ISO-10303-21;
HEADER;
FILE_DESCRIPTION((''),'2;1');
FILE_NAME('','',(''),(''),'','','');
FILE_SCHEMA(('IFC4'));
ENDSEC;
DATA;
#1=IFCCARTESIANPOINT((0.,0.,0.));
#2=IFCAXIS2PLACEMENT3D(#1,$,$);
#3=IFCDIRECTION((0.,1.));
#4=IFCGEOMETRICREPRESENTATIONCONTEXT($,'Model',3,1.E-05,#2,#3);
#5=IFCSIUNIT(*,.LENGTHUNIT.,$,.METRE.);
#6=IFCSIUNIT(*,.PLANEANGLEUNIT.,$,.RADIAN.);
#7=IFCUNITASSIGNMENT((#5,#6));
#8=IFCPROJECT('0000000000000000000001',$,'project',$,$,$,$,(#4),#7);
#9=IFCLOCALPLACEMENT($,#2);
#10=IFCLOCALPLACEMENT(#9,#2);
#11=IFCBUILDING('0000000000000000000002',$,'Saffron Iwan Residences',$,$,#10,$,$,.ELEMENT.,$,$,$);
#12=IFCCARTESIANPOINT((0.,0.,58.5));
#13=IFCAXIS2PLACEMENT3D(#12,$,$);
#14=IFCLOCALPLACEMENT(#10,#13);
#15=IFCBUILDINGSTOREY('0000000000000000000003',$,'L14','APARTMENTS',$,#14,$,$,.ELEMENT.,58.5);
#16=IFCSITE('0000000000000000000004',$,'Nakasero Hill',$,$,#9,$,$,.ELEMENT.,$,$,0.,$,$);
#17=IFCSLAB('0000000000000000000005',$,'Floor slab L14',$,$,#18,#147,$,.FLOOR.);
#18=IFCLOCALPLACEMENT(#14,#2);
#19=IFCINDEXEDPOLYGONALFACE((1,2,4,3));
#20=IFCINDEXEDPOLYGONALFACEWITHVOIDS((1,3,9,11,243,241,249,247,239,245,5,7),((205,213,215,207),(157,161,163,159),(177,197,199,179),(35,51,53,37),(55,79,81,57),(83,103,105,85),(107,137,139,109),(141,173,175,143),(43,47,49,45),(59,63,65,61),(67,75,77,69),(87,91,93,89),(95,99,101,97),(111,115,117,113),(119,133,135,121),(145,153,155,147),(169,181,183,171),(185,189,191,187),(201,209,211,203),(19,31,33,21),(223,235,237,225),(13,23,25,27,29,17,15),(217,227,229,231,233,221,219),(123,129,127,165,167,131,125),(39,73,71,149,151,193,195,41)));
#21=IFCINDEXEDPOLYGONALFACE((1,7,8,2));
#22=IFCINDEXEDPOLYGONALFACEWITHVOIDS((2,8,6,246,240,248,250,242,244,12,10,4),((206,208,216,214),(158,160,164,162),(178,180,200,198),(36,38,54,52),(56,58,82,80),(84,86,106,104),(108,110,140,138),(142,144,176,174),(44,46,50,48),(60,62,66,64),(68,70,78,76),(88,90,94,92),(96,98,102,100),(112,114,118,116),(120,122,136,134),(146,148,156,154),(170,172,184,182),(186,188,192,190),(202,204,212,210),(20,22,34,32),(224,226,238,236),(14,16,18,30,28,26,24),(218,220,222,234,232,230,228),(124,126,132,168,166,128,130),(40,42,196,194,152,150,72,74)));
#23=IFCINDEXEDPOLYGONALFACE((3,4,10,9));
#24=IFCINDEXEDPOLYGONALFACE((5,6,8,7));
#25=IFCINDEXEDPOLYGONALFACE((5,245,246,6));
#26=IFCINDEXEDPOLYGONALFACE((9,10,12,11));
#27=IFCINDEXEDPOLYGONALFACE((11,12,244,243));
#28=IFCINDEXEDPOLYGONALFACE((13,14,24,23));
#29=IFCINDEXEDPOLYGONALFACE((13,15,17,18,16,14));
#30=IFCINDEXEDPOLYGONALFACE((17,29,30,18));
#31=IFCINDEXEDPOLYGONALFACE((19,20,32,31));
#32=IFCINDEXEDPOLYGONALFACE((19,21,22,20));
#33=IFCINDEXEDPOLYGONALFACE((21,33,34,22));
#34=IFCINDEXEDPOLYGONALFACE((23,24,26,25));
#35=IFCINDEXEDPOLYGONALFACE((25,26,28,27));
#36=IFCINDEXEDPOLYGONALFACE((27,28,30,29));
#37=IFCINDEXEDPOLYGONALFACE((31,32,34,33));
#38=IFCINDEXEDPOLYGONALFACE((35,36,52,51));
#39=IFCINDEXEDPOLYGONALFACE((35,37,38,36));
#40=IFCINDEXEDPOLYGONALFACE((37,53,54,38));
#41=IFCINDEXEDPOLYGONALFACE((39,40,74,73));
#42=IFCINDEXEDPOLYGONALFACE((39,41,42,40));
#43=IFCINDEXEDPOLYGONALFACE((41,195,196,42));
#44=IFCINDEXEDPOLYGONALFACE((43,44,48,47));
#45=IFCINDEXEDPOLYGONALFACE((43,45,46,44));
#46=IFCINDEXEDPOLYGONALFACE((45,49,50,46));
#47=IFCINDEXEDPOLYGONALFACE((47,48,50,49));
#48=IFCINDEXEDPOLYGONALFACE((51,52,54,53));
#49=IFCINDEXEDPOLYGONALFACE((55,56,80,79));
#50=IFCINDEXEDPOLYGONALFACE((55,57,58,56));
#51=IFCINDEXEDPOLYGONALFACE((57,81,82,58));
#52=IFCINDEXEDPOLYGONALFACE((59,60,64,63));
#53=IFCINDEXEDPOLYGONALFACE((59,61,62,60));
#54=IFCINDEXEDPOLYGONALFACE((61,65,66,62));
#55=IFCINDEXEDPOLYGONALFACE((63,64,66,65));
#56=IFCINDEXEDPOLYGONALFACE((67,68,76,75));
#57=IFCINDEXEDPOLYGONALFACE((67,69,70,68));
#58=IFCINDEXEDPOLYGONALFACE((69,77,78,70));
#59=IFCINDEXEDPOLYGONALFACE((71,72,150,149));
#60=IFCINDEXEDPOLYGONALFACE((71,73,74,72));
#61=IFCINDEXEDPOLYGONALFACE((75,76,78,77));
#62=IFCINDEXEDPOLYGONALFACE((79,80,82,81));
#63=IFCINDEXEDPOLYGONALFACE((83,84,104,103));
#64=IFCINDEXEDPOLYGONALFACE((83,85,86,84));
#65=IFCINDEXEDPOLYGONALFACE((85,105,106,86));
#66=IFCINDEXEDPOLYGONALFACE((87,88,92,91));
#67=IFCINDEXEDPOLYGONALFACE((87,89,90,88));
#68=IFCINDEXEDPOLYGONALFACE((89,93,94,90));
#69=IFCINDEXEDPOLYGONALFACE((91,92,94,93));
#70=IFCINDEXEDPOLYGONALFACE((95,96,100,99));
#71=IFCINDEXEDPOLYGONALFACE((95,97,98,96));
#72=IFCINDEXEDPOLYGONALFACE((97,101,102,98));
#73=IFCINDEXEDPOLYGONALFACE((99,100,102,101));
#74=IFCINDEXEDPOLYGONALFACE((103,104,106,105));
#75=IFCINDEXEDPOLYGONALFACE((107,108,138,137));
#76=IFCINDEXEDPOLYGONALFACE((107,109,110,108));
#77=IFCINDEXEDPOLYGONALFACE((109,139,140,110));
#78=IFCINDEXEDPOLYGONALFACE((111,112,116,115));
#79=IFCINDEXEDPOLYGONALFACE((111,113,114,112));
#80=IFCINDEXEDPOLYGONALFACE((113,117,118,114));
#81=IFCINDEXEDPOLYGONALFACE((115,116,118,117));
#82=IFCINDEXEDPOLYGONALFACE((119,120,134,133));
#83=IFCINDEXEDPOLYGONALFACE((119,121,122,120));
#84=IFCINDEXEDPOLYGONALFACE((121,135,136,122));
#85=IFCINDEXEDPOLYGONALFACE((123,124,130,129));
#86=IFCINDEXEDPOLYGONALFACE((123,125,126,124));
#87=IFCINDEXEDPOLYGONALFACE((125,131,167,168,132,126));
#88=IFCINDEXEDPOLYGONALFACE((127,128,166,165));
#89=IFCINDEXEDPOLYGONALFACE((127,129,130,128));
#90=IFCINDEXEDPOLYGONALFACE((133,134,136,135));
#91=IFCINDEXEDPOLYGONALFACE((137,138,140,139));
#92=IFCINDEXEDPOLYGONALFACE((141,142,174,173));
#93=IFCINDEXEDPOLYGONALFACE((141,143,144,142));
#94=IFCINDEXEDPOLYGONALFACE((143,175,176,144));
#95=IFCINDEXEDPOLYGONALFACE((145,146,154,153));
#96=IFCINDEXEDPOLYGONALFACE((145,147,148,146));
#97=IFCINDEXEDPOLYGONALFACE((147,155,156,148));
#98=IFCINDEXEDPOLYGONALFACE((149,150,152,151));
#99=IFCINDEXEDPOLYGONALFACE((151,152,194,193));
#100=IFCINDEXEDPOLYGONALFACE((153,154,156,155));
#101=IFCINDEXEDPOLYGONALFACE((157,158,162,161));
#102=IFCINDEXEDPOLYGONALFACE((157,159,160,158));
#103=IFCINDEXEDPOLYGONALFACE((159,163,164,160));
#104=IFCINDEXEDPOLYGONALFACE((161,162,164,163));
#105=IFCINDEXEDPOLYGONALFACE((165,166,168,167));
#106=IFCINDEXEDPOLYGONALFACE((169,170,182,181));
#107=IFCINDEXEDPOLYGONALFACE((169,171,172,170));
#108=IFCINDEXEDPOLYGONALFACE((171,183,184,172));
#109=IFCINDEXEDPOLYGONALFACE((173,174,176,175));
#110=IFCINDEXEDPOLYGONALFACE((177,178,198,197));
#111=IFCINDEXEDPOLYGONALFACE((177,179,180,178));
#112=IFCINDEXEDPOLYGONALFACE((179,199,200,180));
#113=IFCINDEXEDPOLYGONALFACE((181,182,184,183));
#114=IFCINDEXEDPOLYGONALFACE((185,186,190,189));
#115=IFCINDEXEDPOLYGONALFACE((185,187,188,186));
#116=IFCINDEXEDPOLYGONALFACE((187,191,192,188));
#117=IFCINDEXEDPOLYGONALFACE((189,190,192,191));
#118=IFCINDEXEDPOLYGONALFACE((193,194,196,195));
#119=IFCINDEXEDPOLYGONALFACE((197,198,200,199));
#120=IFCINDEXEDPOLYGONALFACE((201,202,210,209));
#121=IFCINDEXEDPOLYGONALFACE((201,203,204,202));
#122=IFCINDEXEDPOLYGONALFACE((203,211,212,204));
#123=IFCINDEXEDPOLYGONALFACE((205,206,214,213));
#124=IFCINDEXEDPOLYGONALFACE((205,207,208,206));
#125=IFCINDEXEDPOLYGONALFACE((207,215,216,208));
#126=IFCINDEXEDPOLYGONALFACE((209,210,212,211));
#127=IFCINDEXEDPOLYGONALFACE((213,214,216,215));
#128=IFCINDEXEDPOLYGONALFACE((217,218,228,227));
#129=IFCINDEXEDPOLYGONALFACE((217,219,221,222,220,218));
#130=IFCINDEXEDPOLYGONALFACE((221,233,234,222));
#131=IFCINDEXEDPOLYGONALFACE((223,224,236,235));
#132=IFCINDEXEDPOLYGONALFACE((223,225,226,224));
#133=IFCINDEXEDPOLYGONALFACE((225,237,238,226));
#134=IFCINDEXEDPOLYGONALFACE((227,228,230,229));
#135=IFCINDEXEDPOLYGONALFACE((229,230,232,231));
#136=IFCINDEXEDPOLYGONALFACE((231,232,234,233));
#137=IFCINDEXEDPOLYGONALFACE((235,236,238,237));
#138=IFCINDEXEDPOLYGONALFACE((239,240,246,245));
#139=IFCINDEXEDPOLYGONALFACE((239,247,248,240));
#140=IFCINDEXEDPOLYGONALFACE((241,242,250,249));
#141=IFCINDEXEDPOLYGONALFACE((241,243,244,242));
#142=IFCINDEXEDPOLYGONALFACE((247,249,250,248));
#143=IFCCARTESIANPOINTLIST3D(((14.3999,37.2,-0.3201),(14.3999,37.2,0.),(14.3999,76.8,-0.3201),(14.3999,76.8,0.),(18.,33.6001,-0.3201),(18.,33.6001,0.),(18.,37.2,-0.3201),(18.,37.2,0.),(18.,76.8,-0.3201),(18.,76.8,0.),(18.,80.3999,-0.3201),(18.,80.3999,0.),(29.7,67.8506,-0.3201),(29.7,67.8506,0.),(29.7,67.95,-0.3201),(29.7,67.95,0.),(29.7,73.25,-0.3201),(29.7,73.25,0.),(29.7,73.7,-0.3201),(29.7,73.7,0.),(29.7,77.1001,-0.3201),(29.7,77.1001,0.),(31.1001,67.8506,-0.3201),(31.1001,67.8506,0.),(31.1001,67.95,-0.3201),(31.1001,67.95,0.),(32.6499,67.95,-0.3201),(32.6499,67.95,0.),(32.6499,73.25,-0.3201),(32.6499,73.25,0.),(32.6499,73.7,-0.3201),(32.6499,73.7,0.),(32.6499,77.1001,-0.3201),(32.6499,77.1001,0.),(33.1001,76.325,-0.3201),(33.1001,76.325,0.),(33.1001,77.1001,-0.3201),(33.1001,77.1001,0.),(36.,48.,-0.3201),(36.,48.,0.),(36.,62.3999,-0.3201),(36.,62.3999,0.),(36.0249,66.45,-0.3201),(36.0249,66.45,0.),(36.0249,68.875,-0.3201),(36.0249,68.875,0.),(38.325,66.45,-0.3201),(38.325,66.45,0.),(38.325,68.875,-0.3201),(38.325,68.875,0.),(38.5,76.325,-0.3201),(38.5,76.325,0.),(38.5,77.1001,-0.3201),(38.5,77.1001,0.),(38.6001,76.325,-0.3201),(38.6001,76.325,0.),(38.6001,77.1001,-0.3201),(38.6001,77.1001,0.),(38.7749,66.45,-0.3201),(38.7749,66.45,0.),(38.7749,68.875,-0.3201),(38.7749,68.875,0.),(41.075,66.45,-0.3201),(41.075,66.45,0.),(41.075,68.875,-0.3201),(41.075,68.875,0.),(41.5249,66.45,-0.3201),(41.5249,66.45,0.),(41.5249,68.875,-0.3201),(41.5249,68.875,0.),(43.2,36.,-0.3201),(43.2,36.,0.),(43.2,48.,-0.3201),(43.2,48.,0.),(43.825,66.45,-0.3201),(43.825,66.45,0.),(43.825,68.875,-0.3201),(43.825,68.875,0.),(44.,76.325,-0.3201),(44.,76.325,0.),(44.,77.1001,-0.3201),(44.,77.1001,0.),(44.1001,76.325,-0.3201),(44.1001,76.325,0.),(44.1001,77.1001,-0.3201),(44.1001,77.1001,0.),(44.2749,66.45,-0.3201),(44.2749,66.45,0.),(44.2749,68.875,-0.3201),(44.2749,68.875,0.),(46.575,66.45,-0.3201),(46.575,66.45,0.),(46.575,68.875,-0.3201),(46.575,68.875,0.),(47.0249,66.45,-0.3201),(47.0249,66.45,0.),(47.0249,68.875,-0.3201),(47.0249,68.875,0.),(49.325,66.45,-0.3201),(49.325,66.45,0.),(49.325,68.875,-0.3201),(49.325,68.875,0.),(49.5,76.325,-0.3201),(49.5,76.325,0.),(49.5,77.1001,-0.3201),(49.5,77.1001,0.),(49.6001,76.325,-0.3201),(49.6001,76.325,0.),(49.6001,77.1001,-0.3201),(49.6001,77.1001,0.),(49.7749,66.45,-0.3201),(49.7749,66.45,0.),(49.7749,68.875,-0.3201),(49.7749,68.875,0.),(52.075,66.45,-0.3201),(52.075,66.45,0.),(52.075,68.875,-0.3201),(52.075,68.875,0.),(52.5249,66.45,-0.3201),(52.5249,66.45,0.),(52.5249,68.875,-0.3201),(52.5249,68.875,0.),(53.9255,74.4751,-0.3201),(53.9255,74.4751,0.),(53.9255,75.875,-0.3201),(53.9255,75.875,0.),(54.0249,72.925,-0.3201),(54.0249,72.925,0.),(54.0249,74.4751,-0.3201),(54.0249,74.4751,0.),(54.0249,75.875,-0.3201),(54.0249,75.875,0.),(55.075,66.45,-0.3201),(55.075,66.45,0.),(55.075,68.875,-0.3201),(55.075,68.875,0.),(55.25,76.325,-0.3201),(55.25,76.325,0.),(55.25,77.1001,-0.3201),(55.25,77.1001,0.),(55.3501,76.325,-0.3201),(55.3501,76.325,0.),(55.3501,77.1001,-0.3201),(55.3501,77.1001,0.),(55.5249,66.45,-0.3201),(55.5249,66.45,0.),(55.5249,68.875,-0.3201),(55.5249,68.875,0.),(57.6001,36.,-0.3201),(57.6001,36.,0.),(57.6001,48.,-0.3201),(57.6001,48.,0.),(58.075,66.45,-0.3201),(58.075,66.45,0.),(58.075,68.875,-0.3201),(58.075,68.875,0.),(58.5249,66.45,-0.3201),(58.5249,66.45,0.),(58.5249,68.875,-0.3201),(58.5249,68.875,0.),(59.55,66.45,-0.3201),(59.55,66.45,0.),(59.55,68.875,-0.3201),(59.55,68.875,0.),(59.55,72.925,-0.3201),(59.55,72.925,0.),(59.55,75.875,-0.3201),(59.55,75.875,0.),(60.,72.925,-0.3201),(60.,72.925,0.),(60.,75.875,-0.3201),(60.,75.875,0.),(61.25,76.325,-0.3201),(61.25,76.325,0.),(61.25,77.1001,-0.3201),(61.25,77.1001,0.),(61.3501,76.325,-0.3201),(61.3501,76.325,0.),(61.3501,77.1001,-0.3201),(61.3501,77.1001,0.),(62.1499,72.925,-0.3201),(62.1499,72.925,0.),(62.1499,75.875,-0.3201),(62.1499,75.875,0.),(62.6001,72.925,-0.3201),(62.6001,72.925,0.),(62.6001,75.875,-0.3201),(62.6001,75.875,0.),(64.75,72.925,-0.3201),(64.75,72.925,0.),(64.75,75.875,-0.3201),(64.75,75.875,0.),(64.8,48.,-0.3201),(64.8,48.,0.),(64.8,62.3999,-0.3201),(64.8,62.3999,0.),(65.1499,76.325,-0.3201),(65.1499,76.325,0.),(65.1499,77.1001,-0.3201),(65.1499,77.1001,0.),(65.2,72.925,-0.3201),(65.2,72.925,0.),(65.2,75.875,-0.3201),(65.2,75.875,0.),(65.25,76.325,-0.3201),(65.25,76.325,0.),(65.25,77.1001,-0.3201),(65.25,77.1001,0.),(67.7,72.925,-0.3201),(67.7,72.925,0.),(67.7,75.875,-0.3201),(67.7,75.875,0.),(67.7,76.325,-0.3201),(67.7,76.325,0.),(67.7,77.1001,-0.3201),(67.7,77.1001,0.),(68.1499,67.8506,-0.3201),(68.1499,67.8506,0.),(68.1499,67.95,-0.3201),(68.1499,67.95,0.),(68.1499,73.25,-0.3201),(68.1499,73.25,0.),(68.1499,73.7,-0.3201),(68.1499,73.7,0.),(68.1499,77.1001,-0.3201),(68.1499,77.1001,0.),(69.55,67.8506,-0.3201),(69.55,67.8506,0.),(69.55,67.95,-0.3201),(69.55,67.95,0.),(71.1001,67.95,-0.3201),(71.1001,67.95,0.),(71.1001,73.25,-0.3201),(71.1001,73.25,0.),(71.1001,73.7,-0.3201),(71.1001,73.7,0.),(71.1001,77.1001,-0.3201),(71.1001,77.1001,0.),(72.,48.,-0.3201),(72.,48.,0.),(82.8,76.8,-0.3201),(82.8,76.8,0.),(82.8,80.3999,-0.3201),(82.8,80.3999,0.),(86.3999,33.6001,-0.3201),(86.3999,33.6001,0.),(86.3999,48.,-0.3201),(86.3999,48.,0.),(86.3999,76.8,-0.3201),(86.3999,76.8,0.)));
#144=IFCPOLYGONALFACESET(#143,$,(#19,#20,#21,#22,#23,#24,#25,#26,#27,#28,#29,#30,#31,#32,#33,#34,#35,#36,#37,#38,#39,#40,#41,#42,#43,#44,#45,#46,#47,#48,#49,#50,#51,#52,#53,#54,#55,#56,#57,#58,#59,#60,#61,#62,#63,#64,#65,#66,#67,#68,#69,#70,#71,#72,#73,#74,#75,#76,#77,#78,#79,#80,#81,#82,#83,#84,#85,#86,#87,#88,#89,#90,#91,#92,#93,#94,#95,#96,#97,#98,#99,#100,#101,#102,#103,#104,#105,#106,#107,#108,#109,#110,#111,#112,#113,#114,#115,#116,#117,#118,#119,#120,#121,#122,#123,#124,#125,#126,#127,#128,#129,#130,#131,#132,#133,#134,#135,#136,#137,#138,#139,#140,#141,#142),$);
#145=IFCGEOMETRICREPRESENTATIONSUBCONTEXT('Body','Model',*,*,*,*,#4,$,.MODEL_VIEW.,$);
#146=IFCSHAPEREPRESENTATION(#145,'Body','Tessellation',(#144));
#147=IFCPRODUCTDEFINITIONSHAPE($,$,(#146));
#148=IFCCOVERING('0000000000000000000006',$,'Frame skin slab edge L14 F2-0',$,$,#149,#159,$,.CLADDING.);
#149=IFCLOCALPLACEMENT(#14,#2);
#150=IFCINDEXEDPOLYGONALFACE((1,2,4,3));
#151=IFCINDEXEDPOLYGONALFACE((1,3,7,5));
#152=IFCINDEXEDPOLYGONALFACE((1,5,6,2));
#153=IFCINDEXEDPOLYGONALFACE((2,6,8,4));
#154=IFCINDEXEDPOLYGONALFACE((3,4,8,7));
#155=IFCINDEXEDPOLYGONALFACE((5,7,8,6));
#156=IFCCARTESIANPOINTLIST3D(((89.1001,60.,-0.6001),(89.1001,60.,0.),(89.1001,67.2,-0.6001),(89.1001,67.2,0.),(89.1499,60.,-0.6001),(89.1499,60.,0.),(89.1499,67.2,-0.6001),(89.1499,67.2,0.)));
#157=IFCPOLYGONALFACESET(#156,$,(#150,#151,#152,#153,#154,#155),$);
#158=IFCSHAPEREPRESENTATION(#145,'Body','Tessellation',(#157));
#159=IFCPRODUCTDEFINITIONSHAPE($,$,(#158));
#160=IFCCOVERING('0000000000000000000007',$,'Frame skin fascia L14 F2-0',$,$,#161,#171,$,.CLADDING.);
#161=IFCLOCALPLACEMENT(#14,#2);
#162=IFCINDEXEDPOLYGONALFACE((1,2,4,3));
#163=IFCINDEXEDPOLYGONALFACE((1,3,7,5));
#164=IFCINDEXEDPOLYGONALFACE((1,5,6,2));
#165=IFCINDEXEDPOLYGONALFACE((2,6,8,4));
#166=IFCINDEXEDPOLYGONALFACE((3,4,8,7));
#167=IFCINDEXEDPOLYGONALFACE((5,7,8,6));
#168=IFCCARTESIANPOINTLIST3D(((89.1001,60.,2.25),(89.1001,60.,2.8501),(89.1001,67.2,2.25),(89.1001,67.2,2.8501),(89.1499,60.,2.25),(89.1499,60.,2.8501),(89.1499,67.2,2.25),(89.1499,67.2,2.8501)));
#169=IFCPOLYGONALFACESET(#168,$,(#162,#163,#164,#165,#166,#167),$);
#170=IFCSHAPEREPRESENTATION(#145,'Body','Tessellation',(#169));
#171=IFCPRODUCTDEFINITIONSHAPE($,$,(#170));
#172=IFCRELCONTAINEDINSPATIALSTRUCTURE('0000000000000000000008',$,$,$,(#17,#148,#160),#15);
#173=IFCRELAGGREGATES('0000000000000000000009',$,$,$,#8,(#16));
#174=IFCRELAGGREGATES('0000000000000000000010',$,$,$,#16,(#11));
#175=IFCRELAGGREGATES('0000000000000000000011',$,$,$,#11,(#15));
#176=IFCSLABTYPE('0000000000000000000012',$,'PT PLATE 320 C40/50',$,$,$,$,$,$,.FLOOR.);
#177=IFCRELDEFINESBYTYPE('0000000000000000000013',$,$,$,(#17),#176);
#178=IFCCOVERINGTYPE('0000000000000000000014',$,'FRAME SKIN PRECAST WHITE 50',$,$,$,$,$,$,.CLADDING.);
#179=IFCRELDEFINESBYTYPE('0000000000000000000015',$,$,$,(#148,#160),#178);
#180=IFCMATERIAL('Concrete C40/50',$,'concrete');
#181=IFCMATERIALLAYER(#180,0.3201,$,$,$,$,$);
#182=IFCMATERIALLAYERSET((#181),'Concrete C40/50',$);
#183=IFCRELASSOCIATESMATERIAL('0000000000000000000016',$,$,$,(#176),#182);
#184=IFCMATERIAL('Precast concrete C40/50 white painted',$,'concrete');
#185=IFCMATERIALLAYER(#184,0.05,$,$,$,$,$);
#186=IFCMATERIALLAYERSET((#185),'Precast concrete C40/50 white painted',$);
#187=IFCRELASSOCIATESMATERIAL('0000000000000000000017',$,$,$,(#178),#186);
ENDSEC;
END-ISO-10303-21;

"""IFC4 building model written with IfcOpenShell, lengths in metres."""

from ifc_helpers import new_model, si_unit, direction, frame, origin, place, context, subcontext, project, spatial, polyline, outline, extrude, material, layer, layer_set, type_object, element, save


model = new_model("IFC4")

# Units and contexts
model_context = context("Model", 3, precision=1e-05, world=origin(), true_north=direction((0.0, 1.0)))
body_context = subcontext(model_context, "Body", "Model", "MODEL_VIEW")
ifc_project = project(units=[si_unit("LENGTHUNIT", "METRE"), si_unit("PLANEANGLEUNIT", "RADIAN")], contexts=[model_context])

# Site, building, storey
site_placement = place(None, origin())
site = spatial("IfcSite", under=ifc_project, at=site_placement, Name="Nakasero Hill", CompositionType="ELEMENT", RefElevation=0.0)
building_placement = place(site_placement, origin())
building = spatial("IfcBuilding", under=site, at=building_placement, Name="Saffron Iwan Residences", CompositionType="ELEMENT")
storey_placement = place(building_placement, frame((0.0, 0.0, 58.5)))
storey = spatial("IfcBuildingStorey", under=building, at=storey_placement, Name="L14", Description="APARTMENTS", CompositionType="ELEMENT", Elevation=58.5)

# Slab
ifc_material_1 = material(Name="Concrete C40/50", Category="concrete")
ifc_layer_1 = layer(ifc_material_1, 0.3201)
ifc_layer_set_1 = layer_set([ifc_layer_1], Name="Concrete C40/50")
slab_type_1 = type_object("IfcSlabType", Name="PT PLATE 320 C40/50", PredefinedType="FLOOR", material=ifc_layer_set_1)
slab_1_placement = place(storey_placement, frame((0.0, 0.0, -0.3201)))
element("IfcSlab", 1, at=slab_1_placement, inside=storey, type_object=slab_type_1, Name="Floor slab L14", PredefinedType="FLOOR", context=body_context, shape_type="SweptSolid", body=[
    extrude(outline(polyline([(14.3999, 37.2), (14.3999, 76.8), (18.0, 76.8), (18.0, 80.3999), (82.8, 80.3999), (82.8, 76.8), (86.3999, 76.8), (86.3999, 48.0), (72.0, 48.0), (86.3999, 33.6001), (18.0, 33.6001), (18.0, 37.2), (14.3999, 37.2)]), holes=[polyline([(64.8, 48.0), (64.8, 62.3999), (36.0, 62.3999), (36.0, 48.0), (43.2, 48.0), (43.2, 36.0), (57.6001, 36.0), (57.6001, 48.0), (64.8, 48.0)]), polyline([(38.325, 68.875), (36.0249, 68.875), (36.0249, 66.45), (38.325, 66.45), (38.325, 68.875)]), polyline([(41.075, 66.45), (41.075, 68.875), (38.7749, 68.875), (38.7749, 66.45), (41.075, 66.45)]), polyline([(43.825, 66.45), (43.825, 68.875), (41.5249, 68.875), (41.5249, 66.45), (43.825, 66.45)]), polyline([(46.575, 68.875), (44.2749, 68.875), (44.2749, 66.45), (46.575, 66.45), (46.575, 68.875)]), polyline([(49.325, 66.45), (49.325, 68.875), (47.0249, 68.875), (47.0249, 66.45), (49.325, 66.45)]), polyline([(52.075, 66.45), (52.075, 68.875), (49.7749, 68.875), (49.7749, 66.45), (52.075, 66.45)]), polyline([(29.7, 73.25), (29.7, 67.95), (29.7, 67.8506), (31.1001, 67.8506), (31.1001, 67.95), (32.6499, 67.95), (32.6499, 73.25), (29.7, 73.25)]), polyline([(32.6499, 73.7), (32.6499, 77.1001), (29.7, 77.1001), (29.7, 73.7), (32.6499, 73.7)]), polyline([(38.5, 76.325), (38.5, 77.1001), (33.1001, 77.1001), (33.1001, 76.325), (38.5, 76.325)]), polyline([(44.0, 77.1001), (38.6001, 77.1001), (38.6001, 76.325), (44.0, 76.325), (44.0, 77.1001)]), polyline([(49.5, 76.325), (49.5, 77.1001), (44.1001, 77.1001), (44.1001, 76.325), (49.5, 76.325)]), polyline([(55.25, 76.325), (55.25, 77.1001), (49.6001, 77.1001), (49.6001, 76.325), (55.25, 76.325)]), polyline([(55.075, 68.875), (52.5249, 68.875), (52.5249, 66.45), (55.075, 66.45), (55.075, 68.875)]), polyline([(58.075, 66.45), (58.075, 68.875), (55.5249, 68.875), (55.5249, 66.45), (58.075, 66.45)]), polyline([(59.55, 66.45), (59.55, 68.875), (58.5249, 68.875), (58.5249, 66.45), (59.55, 66.45)]), polyline([(68.1499, 73.25), (68.1499, 67.95), (68.1499, 67.8506), (69.55, 67.8506), (69.55, 67.95), (71.1001, 67.95), (71.1001, 73.25), (68.1499, 73.25)]), polyline([(53.9255, 74.4751), (54.0249, 74.4751), (54.0249, 72.925), (59.55, 72.925), (59.55, 75.875), (54.0249, 75.875), (53.9255, 75.875), (53.9255, 74.4751)]), polyline([(62.1499, 72.925), (62.1499, 75.875), (60.0, 75.875), (60.0, 72.925), (62.1499, 72.925)]), polyline([(64.75, 75.875), (62.6001, 75.875), (62.6001, 72.925), (64.75, 72.925), (64.75, 75.875)]), polyline([(67.7, 72.925), (67.7, 75.875), (65.2, 75.875), (65.2, 72.925), (67.7, 72.925)]), polyline([(71.1001, 73.7), (71.1001, 77.1001), (68.1499, 77.1001), (68.1499, 73.7), (71.1001, 73.7)]), polyline([(61.25, 77.1001), (55.3501, 77.1001), (55.3501, 76.325), (61.25, 76.325), (61.25, 77.1001)]), polyline([(65.1499, 76.325), (65.1499, 77.1001), (61.3501, 77.1001), (61.3501, 76.325), (65.1499, 76.325)]), polyline([(67.7, 76.325), (67.7, 77.1001), (65.25, 77.1001), (65.25, 76.325), (67.7, 76.325)])]), origin(), (0.0, 0.0, 1.0), 0.3201),
])

# Coverings
ifc_material_2 = material(Name="Precast concrete C40/50 white painted", Category="concrete")
ifc_layer_2 = layer(ifc_material_2, 0.05)
ifc_layer_set_2 = layer_set([ifc_layer_2], Name="Precast concrete C40/50 white painted")
covering_type_1 = type_object("IfcCoveringType", Name="FRAME SKIN PRECAST WHITE 50", PredefinedType="CLADDING", material=ifc_layer_set_2)
for number, where, name in (
    (2, (0.0, 0.0, -0.6001), "Frame skin slab edge L14 F2-0"),
    (3, (0.0, 0.0, 2.25), "Frame skin fascia L14 F2-0"),
):
    element("IfcCovering", number, at=place(storey_placement, frame(where)), inside=storey, type_object=covering_type_1, Name=name, PredefinedType="CLADDING", context=body_context, shape_type="SweptSolid", body=[
        extrude(outline(polyline([(89.1499, 60.0), (89.1499, 67.2), (89.1001, 67.2), (89.1001, 60.0), (89.1499, 60.0)])), origin(), (0.0, 0.0, 1.0), 0.6001),
    ])

save(model, "model.ifc")
